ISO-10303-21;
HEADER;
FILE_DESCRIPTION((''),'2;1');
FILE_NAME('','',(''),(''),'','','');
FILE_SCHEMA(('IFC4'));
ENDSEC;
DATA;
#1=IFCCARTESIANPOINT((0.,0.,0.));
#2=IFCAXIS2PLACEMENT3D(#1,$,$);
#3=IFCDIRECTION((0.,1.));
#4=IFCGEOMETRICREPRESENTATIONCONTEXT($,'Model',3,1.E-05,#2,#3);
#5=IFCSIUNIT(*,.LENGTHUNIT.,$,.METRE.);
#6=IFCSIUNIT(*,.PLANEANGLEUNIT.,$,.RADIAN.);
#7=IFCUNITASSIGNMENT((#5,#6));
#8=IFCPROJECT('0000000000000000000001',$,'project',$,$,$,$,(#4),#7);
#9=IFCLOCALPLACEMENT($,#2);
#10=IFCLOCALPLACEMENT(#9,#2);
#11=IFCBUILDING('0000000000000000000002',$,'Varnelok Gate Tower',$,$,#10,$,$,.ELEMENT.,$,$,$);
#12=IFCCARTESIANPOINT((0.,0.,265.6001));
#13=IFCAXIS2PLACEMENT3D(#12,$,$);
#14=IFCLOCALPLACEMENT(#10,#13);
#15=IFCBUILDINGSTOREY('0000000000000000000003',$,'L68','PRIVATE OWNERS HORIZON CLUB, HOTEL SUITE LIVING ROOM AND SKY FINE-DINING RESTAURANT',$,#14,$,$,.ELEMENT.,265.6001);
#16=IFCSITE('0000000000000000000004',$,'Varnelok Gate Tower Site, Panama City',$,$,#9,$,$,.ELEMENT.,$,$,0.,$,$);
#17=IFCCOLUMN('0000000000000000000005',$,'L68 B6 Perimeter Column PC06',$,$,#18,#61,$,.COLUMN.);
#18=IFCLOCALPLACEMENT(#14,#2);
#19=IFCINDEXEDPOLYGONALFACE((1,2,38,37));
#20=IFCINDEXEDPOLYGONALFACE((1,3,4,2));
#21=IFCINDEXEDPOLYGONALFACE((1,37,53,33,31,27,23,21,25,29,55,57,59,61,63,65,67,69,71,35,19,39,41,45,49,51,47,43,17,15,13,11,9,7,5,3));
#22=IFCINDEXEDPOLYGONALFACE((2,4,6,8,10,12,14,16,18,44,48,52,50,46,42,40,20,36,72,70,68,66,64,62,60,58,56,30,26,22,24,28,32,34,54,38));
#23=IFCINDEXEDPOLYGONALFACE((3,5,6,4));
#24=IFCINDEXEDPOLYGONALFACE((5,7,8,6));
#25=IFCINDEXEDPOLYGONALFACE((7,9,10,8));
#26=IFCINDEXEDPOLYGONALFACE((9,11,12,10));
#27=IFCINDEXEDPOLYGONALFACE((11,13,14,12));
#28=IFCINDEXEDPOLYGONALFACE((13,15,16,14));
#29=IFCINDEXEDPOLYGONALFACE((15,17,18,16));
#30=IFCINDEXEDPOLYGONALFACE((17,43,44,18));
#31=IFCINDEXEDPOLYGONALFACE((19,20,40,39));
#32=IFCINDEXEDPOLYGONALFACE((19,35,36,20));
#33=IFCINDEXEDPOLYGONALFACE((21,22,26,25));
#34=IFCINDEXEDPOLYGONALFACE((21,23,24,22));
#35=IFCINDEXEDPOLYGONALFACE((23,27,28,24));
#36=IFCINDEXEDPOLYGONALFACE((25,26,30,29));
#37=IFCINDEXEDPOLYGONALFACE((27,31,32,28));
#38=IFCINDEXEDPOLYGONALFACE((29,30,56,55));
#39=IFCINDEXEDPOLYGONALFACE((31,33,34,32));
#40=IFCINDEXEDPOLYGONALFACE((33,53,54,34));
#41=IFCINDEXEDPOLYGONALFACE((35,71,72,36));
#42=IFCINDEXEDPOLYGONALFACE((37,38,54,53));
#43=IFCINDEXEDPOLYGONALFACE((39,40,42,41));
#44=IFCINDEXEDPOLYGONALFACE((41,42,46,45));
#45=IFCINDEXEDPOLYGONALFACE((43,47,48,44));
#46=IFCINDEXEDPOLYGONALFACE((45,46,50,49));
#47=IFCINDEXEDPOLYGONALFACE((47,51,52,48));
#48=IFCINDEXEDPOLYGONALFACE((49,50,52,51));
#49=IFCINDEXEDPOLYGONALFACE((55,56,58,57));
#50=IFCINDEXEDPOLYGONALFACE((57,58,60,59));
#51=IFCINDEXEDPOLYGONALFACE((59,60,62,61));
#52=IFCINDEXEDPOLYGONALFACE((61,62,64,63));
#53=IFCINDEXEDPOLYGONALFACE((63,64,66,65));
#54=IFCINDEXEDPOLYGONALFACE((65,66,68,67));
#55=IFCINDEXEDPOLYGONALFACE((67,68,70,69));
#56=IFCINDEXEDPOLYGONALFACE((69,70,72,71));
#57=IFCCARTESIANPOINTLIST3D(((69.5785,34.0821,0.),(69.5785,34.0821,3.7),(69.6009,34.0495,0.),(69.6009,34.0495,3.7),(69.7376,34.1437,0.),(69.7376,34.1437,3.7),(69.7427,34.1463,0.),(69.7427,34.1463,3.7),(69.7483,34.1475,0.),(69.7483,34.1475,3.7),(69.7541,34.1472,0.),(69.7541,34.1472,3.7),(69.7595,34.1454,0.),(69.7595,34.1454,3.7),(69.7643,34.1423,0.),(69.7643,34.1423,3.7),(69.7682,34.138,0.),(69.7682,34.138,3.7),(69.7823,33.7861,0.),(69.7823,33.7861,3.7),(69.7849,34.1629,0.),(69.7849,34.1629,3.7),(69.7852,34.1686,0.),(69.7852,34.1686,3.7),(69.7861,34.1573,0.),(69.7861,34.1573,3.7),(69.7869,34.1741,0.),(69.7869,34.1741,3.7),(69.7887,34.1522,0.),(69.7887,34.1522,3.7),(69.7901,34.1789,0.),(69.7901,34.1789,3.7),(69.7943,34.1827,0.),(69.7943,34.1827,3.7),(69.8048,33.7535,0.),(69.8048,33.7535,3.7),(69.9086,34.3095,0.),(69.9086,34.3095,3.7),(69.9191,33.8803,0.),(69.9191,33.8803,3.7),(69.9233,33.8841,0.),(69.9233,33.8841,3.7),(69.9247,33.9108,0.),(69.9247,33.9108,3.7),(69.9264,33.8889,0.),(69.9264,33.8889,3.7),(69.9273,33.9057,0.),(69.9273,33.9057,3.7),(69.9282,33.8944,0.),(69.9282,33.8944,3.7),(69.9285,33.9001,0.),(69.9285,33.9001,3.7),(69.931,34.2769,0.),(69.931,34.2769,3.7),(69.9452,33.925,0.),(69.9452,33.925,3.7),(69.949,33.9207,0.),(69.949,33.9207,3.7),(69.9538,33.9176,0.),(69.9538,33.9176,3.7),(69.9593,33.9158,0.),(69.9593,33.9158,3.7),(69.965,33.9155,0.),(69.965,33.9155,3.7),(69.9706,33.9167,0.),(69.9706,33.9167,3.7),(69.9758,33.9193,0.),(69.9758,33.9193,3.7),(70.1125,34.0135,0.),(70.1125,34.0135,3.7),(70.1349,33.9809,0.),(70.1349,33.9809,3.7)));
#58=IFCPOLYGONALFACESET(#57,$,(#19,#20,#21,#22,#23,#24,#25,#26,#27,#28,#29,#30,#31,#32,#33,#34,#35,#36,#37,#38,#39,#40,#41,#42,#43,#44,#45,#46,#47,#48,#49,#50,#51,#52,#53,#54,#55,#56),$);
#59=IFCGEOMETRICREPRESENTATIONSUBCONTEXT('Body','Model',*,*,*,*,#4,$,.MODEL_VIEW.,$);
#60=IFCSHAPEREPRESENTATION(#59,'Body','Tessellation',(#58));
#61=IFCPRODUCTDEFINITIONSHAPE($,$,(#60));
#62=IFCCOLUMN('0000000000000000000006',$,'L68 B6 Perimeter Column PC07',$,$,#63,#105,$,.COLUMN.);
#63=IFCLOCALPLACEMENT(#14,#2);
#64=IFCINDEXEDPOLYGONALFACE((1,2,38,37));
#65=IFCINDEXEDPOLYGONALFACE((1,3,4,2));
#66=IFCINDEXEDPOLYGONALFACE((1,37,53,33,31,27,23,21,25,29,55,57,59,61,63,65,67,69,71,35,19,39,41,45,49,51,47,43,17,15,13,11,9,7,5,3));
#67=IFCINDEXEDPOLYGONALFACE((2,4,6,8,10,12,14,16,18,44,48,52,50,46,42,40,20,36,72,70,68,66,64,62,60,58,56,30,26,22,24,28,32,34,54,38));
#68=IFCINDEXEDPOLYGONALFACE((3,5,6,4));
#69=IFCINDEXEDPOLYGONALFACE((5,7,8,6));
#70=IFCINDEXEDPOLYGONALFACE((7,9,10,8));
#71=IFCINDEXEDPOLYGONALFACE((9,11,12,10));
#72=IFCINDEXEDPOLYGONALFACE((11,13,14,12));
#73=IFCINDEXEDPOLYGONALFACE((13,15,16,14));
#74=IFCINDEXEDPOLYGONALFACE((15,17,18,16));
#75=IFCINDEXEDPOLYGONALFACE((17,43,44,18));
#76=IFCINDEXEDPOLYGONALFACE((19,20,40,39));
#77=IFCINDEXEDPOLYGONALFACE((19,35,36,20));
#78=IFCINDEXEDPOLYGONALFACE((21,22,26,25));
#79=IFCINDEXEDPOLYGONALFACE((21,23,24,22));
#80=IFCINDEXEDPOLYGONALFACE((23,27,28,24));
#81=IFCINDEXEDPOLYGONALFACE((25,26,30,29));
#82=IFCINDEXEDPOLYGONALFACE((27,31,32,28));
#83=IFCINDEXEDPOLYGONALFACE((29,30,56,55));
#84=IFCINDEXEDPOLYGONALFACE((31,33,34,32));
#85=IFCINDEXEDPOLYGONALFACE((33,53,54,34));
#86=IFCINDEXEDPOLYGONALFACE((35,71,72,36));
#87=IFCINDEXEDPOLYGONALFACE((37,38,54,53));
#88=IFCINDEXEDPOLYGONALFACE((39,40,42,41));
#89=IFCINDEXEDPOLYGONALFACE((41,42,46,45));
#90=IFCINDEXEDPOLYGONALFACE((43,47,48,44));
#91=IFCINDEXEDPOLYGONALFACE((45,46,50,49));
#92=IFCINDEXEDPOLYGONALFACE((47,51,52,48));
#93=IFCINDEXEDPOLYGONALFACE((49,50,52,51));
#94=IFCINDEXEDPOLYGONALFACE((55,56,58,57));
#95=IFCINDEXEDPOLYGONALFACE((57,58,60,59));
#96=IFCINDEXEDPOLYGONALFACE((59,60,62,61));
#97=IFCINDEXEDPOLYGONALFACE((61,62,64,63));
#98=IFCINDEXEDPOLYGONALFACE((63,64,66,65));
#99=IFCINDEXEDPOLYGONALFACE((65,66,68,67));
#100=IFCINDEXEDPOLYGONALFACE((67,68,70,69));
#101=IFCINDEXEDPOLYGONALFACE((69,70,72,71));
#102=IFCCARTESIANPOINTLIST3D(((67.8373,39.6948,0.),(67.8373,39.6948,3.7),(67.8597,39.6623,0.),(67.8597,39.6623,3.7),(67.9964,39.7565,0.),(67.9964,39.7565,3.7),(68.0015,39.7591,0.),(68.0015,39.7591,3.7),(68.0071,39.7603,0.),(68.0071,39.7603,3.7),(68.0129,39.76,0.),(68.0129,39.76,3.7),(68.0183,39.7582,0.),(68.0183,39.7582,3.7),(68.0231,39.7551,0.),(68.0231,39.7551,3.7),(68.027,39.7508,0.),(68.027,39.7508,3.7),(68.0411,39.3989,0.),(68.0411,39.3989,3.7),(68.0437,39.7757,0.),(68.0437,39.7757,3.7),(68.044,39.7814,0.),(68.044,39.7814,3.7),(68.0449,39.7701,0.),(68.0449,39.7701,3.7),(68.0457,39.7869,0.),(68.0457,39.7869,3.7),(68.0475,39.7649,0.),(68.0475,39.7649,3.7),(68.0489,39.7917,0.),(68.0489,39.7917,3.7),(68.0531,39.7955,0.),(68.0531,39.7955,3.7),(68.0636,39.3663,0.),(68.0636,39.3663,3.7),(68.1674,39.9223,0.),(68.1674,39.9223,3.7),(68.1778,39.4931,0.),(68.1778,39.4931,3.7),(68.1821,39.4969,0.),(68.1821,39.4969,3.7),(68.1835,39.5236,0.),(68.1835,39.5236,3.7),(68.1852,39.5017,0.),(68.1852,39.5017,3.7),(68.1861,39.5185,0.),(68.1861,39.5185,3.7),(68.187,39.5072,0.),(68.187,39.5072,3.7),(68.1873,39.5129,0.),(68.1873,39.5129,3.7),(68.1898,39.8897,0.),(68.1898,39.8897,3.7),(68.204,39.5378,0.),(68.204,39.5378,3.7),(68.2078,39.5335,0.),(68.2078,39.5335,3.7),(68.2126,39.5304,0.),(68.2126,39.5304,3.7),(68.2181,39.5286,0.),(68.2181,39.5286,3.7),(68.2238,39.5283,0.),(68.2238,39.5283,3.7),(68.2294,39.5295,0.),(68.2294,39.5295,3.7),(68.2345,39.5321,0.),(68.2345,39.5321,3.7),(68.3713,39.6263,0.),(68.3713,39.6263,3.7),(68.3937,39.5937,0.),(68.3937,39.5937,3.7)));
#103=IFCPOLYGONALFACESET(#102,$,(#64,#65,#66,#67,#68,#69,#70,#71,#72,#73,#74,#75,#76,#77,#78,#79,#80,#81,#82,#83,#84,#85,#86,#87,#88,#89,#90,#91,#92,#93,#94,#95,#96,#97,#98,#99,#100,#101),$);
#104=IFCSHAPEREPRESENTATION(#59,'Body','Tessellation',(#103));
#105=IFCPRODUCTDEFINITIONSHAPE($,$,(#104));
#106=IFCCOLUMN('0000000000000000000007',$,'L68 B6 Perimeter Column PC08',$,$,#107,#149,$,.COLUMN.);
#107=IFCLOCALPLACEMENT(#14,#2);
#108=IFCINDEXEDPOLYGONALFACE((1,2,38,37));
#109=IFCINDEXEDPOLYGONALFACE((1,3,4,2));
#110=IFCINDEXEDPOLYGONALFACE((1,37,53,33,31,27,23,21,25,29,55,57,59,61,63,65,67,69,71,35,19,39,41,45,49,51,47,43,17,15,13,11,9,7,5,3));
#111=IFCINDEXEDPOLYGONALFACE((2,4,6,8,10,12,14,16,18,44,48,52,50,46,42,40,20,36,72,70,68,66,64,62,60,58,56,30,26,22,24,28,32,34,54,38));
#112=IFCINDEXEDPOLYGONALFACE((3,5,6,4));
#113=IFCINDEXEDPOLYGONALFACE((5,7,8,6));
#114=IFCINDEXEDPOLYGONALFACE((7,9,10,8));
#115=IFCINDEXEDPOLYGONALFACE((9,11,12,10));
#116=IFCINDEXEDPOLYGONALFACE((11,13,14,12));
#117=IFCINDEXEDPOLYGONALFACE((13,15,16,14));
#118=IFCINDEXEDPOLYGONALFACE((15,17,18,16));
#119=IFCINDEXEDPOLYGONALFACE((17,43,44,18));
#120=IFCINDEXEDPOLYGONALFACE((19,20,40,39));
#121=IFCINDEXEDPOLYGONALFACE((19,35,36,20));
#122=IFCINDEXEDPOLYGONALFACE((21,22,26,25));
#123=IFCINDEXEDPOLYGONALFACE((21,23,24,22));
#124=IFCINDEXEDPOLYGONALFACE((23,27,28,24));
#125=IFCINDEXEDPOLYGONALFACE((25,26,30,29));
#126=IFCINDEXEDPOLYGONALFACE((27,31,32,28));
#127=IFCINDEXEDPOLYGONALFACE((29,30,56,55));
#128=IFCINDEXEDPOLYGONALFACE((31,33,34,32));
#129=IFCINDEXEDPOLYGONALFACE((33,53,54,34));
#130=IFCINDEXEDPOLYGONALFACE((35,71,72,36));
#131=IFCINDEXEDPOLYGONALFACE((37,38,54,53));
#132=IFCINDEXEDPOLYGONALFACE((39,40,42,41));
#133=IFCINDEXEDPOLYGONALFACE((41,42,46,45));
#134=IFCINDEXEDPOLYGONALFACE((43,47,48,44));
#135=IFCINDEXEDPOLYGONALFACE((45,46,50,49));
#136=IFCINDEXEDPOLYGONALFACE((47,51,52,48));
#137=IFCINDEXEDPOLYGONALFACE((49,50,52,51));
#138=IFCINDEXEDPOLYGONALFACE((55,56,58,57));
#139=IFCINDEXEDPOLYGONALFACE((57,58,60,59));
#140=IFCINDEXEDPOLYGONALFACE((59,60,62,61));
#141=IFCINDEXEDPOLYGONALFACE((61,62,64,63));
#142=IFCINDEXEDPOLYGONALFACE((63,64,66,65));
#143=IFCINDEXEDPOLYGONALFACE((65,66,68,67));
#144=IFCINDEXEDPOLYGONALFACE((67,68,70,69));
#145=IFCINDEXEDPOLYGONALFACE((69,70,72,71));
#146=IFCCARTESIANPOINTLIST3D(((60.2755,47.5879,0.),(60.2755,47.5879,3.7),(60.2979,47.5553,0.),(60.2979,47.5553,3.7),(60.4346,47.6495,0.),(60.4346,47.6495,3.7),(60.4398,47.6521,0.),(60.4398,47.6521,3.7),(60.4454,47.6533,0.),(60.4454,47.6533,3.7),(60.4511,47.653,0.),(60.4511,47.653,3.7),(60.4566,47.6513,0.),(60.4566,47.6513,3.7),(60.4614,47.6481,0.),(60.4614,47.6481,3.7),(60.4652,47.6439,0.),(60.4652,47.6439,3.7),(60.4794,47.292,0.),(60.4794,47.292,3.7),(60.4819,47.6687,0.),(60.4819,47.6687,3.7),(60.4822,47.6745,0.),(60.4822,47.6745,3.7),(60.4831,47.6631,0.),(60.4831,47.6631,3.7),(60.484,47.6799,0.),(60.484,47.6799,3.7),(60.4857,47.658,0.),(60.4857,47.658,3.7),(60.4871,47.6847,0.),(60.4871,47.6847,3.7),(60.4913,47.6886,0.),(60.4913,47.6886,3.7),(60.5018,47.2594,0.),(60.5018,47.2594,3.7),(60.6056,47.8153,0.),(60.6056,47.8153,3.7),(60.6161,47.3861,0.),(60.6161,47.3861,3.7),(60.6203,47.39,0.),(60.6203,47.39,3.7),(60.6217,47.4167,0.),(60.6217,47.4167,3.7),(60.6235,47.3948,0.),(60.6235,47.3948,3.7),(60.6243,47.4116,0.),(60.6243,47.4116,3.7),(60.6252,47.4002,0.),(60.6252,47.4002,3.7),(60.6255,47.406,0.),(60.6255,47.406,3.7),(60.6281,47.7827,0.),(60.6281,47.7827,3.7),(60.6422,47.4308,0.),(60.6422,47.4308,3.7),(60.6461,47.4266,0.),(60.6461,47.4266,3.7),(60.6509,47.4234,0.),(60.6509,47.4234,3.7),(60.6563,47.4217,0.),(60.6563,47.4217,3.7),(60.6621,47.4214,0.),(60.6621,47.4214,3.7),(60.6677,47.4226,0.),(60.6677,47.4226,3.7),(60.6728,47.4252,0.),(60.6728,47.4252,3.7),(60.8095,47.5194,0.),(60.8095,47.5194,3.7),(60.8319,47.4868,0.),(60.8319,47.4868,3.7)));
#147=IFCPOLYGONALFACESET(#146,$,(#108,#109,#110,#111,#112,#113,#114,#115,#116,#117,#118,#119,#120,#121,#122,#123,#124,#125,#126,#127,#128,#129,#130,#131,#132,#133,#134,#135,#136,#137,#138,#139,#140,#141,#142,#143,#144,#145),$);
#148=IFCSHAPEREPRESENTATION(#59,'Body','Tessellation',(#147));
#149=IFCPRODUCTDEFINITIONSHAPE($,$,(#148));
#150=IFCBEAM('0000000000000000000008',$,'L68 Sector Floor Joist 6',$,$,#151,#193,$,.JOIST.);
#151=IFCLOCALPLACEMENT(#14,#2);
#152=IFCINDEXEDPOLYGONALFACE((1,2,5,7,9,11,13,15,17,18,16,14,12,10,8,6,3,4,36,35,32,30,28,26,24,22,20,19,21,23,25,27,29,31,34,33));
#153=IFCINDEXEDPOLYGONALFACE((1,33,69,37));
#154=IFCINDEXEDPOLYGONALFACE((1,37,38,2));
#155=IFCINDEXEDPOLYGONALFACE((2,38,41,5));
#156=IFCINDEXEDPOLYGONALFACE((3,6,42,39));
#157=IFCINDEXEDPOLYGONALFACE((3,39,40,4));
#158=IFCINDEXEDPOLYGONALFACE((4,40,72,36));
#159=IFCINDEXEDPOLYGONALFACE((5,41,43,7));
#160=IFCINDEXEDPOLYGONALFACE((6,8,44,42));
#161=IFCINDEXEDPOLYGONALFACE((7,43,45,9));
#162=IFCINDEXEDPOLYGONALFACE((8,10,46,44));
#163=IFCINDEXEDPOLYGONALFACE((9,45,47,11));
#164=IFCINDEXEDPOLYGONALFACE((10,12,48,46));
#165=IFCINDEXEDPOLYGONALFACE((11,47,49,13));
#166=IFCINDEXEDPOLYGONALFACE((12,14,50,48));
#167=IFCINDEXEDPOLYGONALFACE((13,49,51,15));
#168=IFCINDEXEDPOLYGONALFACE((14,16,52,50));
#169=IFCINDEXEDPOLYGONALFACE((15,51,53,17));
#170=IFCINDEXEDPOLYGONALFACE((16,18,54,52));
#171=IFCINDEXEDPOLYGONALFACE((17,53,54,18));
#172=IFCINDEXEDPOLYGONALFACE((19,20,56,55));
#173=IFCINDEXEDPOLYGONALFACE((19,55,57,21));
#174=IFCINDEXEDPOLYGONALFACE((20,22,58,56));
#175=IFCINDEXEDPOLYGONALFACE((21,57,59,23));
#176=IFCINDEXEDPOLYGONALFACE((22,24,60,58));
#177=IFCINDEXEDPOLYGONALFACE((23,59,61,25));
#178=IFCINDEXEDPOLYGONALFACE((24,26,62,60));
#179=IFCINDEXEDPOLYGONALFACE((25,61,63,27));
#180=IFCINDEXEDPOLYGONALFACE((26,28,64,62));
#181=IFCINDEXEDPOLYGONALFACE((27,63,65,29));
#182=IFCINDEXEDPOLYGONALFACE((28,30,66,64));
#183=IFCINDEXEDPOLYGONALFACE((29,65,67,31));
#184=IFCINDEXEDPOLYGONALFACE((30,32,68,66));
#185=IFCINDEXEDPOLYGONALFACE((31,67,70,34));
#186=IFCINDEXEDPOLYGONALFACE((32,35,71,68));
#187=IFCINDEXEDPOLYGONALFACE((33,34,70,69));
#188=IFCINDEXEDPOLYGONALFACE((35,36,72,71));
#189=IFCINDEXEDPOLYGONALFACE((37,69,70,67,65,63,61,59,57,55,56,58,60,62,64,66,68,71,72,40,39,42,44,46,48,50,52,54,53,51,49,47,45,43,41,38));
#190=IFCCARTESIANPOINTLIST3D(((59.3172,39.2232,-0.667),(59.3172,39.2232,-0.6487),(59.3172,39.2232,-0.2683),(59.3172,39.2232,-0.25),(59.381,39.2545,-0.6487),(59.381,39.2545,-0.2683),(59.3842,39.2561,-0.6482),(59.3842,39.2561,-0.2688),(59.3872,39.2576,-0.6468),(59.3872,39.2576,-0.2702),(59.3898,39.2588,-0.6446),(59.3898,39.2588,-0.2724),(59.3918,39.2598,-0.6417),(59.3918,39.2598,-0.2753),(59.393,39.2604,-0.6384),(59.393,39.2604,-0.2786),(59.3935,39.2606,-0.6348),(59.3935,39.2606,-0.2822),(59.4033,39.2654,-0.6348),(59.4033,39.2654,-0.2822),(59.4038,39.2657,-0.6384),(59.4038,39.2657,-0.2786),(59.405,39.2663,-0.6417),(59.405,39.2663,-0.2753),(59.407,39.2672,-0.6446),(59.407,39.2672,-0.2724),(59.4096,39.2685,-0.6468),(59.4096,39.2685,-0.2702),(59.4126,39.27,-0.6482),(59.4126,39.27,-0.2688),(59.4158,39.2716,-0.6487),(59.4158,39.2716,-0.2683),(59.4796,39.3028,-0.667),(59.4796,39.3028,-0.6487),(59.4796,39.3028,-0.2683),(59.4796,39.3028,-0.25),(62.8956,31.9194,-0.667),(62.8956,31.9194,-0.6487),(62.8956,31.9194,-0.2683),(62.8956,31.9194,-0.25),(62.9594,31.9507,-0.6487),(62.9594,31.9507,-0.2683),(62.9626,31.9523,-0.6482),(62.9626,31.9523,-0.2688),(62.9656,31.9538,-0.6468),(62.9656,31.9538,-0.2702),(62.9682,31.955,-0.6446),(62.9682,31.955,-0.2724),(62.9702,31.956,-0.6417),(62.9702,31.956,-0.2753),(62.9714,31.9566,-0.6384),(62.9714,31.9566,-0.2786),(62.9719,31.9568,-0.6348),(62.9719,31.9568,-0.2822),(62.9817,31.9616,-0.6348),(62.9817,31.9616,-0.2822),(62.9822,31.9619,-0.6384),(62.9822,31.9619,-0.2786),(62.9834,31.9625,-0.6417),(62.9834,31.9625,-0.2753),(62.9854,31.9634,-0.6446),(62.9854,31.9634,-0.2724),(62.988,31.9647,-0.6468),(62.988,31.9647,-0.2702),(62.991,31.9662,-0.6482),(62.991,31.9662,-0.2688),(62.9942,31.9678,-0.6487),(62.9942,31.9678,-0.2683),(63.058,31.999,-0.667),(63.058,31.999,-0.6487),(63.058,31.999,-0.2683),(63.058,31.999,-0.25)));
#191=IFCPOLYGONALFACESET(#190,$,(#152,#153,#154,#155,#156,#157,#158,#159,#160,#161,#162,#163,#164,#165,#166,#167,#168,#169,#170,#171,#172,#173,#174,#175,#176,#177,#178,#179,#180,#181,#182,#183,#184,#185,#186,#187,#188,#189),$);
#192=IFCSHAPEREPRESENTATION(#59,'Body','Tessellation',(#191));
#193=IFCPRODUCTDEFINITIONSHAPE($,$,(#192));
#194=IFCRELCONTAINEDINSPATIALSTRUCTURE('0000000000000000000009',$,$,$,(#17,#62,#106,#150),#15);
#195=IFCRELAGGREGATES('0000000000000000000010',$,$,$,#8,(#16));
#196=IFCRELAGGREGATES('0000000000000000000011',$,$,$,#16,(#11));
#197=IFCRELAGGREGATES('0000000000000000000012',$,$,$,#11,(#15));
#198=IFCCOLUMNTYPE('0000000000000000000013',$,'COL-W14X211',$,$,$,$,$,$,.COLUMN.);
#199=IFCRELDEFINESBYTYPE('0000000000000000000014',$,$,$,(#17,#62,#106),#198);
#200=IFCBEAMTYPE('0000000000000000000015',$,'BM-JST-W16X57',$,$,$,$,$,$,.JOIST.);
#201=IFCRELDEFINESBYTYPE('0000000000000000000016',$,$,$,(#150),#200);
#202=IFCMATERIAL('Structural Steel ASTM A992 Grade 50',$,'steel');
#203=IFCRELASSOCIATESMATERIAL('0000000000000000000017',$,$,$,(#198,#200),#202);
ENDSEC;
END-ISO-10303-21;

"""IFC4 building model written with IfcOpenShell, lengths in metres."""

from ifc_helpers import new_model, si_unit, direction, frame, origin, origin_2d, place, context, subcontext, project, spatial, i_section, extrude, material, material_profile, profile_set, type_object, element, save


model = new_model("IFC4")

# Units and contexts
model_context = context("Model", 3, precision=1e-05, world=origin(), true_north=direction((0.0, 1.0)))
body_context = subcontext(model_context, "Body", "Model", "MODEL_VIEW")
ifc_project = project(units=[si_unit("LENGTHUNIT", "METRE"), si_unit("PLANEANGLEUNIT", "RADIAN")], contexts=[model_context])

# Site, building, storey
site_placement = place(None, origin())
site = spatial("IfcSite", under=ifc_project, at=site_placement, Name="Varnelok Gate Tower Site, Panama City", CompositionType="ELEMENT", RefElevation=0.0)
building_placement = place(site_placement, origin())
building = spatial("IfcBuilding", under=site, at=building_placement, Name="Varnelok Gate Tower", CompositionType="ELEMENT")
storey_placement = place(building_placement, frame((0.0, 0.0, 265.6001)))
storey = spatial("IfcBuildingStorey", under=building, at=storey_placement, Name="L68", Description="PRIVATE OWNERS HORIZON CLUB, HOTEL SUITE LIVING ROOM AND SKY FINE-DINING RESTAURANT", CompositionType="ELEMENT", Elevation=265.6001)

# Columns
ifc_material_1 = material(Name="Structural Steel ASTM A992 Grade 50", Category="steel")
ifc_material_profile_1 = material_profile(ifc_material_1, i_section(OverallWidth=0.4009, OverallDepth=0.3989, WebThickness=0.0249, FlangeThickness=0.0396, FilletRadius=0.022, at=origin_2d()), Name="W14X211")
ifc_profile_set_1 = profile_set([ifc_material_profile_1], Name="Structural Steel ASTM A992 Grade 50")
column_type = type_object("IfcColumnType", Name="COL-W14X211", PredefinedType="COLUMN", material=ifc_profile_set_1)
for number, where, z_axis, x_axis, name in (
    (1, (69.8567, 34.0315, 0.0), (0.0, 0.0, 1.0), (0.823533, 0.567269, 0.0), "L68 B6 Perimeter Column PC06"),
    (2, (68.1155, 39.6443, 0.0), (0.0, 0.0, 1.0), (0.823533, 0.567269, 0.0), "L68 B6 Perimeter Column PC07"),
    (3, (60.5537, 47.5374, 0.0), (0.0, 0.0, 1.0), (0.823533, 0.567269, 0.0), "L68 B6 Perimeter Column PC08"),
):
    element("IfcColumn", number, at=place(storey_placement, frame(where, z_axis=z_axis, x_axis=x_axis)), inside=storey, type_object=column_type, Name=name, PredefinedType="COLUMN", context=body_context, shape_type="SweptSolid", body=[
        extrude(i_section(OverallWidth=0.4009, OverallDepth=0.3989, WebThickness=0.0249, FlangeThickness=0.0396, FilletRadius=0.022, at=origin_2d()), origin(), (0.0, 0.0, 1.0), 3.7),
    ])

# Beam
ifc_material_profile_2 = material_profile(ifc_material_1, i_section(OverallWidth=0.1809, OverallDepth=0.417, WebThickness=0.011, FlangeThickness=0.0183, FilletRadius=0.0139, at=origin_2d()), Name="W16X57")
ifc_profile_set_2 = profile_set([ifc_material_profile_2], Name="Structural Steel ASTM A992 Grade 50")
beam_type_1 = type_object("IfcBeamType", Name="BM-JST-W16X57", PredefinedType="JOIST", material=ifc_profile_set_2)
beam_1_placement = place(storey_placement, frame((62.9768, 31.9592, -0.4585), z_axis=(-0.439971, 0.898012, 0.0), x_axis=(-0.898012, -0.439971, 0.0)))
element("IfcBeam", 4, at=beam_1_placement, inside=storey, type_object=beam_type_1, Name="L68 Sector Floor Joist 6", PredefinedType="JOIST", context=body_context, shape_type="SweptSolid", body=[
    extrude(i_section(OverallWidth=0.1809, OverallDepth=0.417, WebThickness=0.011, FlangeThickness=0.0183, FilletRadius=0.0139, at=origin_2d()), origin(), (0.0, 0.0, 1.0), 8.1333),
])

save(model, "model.ifc")
